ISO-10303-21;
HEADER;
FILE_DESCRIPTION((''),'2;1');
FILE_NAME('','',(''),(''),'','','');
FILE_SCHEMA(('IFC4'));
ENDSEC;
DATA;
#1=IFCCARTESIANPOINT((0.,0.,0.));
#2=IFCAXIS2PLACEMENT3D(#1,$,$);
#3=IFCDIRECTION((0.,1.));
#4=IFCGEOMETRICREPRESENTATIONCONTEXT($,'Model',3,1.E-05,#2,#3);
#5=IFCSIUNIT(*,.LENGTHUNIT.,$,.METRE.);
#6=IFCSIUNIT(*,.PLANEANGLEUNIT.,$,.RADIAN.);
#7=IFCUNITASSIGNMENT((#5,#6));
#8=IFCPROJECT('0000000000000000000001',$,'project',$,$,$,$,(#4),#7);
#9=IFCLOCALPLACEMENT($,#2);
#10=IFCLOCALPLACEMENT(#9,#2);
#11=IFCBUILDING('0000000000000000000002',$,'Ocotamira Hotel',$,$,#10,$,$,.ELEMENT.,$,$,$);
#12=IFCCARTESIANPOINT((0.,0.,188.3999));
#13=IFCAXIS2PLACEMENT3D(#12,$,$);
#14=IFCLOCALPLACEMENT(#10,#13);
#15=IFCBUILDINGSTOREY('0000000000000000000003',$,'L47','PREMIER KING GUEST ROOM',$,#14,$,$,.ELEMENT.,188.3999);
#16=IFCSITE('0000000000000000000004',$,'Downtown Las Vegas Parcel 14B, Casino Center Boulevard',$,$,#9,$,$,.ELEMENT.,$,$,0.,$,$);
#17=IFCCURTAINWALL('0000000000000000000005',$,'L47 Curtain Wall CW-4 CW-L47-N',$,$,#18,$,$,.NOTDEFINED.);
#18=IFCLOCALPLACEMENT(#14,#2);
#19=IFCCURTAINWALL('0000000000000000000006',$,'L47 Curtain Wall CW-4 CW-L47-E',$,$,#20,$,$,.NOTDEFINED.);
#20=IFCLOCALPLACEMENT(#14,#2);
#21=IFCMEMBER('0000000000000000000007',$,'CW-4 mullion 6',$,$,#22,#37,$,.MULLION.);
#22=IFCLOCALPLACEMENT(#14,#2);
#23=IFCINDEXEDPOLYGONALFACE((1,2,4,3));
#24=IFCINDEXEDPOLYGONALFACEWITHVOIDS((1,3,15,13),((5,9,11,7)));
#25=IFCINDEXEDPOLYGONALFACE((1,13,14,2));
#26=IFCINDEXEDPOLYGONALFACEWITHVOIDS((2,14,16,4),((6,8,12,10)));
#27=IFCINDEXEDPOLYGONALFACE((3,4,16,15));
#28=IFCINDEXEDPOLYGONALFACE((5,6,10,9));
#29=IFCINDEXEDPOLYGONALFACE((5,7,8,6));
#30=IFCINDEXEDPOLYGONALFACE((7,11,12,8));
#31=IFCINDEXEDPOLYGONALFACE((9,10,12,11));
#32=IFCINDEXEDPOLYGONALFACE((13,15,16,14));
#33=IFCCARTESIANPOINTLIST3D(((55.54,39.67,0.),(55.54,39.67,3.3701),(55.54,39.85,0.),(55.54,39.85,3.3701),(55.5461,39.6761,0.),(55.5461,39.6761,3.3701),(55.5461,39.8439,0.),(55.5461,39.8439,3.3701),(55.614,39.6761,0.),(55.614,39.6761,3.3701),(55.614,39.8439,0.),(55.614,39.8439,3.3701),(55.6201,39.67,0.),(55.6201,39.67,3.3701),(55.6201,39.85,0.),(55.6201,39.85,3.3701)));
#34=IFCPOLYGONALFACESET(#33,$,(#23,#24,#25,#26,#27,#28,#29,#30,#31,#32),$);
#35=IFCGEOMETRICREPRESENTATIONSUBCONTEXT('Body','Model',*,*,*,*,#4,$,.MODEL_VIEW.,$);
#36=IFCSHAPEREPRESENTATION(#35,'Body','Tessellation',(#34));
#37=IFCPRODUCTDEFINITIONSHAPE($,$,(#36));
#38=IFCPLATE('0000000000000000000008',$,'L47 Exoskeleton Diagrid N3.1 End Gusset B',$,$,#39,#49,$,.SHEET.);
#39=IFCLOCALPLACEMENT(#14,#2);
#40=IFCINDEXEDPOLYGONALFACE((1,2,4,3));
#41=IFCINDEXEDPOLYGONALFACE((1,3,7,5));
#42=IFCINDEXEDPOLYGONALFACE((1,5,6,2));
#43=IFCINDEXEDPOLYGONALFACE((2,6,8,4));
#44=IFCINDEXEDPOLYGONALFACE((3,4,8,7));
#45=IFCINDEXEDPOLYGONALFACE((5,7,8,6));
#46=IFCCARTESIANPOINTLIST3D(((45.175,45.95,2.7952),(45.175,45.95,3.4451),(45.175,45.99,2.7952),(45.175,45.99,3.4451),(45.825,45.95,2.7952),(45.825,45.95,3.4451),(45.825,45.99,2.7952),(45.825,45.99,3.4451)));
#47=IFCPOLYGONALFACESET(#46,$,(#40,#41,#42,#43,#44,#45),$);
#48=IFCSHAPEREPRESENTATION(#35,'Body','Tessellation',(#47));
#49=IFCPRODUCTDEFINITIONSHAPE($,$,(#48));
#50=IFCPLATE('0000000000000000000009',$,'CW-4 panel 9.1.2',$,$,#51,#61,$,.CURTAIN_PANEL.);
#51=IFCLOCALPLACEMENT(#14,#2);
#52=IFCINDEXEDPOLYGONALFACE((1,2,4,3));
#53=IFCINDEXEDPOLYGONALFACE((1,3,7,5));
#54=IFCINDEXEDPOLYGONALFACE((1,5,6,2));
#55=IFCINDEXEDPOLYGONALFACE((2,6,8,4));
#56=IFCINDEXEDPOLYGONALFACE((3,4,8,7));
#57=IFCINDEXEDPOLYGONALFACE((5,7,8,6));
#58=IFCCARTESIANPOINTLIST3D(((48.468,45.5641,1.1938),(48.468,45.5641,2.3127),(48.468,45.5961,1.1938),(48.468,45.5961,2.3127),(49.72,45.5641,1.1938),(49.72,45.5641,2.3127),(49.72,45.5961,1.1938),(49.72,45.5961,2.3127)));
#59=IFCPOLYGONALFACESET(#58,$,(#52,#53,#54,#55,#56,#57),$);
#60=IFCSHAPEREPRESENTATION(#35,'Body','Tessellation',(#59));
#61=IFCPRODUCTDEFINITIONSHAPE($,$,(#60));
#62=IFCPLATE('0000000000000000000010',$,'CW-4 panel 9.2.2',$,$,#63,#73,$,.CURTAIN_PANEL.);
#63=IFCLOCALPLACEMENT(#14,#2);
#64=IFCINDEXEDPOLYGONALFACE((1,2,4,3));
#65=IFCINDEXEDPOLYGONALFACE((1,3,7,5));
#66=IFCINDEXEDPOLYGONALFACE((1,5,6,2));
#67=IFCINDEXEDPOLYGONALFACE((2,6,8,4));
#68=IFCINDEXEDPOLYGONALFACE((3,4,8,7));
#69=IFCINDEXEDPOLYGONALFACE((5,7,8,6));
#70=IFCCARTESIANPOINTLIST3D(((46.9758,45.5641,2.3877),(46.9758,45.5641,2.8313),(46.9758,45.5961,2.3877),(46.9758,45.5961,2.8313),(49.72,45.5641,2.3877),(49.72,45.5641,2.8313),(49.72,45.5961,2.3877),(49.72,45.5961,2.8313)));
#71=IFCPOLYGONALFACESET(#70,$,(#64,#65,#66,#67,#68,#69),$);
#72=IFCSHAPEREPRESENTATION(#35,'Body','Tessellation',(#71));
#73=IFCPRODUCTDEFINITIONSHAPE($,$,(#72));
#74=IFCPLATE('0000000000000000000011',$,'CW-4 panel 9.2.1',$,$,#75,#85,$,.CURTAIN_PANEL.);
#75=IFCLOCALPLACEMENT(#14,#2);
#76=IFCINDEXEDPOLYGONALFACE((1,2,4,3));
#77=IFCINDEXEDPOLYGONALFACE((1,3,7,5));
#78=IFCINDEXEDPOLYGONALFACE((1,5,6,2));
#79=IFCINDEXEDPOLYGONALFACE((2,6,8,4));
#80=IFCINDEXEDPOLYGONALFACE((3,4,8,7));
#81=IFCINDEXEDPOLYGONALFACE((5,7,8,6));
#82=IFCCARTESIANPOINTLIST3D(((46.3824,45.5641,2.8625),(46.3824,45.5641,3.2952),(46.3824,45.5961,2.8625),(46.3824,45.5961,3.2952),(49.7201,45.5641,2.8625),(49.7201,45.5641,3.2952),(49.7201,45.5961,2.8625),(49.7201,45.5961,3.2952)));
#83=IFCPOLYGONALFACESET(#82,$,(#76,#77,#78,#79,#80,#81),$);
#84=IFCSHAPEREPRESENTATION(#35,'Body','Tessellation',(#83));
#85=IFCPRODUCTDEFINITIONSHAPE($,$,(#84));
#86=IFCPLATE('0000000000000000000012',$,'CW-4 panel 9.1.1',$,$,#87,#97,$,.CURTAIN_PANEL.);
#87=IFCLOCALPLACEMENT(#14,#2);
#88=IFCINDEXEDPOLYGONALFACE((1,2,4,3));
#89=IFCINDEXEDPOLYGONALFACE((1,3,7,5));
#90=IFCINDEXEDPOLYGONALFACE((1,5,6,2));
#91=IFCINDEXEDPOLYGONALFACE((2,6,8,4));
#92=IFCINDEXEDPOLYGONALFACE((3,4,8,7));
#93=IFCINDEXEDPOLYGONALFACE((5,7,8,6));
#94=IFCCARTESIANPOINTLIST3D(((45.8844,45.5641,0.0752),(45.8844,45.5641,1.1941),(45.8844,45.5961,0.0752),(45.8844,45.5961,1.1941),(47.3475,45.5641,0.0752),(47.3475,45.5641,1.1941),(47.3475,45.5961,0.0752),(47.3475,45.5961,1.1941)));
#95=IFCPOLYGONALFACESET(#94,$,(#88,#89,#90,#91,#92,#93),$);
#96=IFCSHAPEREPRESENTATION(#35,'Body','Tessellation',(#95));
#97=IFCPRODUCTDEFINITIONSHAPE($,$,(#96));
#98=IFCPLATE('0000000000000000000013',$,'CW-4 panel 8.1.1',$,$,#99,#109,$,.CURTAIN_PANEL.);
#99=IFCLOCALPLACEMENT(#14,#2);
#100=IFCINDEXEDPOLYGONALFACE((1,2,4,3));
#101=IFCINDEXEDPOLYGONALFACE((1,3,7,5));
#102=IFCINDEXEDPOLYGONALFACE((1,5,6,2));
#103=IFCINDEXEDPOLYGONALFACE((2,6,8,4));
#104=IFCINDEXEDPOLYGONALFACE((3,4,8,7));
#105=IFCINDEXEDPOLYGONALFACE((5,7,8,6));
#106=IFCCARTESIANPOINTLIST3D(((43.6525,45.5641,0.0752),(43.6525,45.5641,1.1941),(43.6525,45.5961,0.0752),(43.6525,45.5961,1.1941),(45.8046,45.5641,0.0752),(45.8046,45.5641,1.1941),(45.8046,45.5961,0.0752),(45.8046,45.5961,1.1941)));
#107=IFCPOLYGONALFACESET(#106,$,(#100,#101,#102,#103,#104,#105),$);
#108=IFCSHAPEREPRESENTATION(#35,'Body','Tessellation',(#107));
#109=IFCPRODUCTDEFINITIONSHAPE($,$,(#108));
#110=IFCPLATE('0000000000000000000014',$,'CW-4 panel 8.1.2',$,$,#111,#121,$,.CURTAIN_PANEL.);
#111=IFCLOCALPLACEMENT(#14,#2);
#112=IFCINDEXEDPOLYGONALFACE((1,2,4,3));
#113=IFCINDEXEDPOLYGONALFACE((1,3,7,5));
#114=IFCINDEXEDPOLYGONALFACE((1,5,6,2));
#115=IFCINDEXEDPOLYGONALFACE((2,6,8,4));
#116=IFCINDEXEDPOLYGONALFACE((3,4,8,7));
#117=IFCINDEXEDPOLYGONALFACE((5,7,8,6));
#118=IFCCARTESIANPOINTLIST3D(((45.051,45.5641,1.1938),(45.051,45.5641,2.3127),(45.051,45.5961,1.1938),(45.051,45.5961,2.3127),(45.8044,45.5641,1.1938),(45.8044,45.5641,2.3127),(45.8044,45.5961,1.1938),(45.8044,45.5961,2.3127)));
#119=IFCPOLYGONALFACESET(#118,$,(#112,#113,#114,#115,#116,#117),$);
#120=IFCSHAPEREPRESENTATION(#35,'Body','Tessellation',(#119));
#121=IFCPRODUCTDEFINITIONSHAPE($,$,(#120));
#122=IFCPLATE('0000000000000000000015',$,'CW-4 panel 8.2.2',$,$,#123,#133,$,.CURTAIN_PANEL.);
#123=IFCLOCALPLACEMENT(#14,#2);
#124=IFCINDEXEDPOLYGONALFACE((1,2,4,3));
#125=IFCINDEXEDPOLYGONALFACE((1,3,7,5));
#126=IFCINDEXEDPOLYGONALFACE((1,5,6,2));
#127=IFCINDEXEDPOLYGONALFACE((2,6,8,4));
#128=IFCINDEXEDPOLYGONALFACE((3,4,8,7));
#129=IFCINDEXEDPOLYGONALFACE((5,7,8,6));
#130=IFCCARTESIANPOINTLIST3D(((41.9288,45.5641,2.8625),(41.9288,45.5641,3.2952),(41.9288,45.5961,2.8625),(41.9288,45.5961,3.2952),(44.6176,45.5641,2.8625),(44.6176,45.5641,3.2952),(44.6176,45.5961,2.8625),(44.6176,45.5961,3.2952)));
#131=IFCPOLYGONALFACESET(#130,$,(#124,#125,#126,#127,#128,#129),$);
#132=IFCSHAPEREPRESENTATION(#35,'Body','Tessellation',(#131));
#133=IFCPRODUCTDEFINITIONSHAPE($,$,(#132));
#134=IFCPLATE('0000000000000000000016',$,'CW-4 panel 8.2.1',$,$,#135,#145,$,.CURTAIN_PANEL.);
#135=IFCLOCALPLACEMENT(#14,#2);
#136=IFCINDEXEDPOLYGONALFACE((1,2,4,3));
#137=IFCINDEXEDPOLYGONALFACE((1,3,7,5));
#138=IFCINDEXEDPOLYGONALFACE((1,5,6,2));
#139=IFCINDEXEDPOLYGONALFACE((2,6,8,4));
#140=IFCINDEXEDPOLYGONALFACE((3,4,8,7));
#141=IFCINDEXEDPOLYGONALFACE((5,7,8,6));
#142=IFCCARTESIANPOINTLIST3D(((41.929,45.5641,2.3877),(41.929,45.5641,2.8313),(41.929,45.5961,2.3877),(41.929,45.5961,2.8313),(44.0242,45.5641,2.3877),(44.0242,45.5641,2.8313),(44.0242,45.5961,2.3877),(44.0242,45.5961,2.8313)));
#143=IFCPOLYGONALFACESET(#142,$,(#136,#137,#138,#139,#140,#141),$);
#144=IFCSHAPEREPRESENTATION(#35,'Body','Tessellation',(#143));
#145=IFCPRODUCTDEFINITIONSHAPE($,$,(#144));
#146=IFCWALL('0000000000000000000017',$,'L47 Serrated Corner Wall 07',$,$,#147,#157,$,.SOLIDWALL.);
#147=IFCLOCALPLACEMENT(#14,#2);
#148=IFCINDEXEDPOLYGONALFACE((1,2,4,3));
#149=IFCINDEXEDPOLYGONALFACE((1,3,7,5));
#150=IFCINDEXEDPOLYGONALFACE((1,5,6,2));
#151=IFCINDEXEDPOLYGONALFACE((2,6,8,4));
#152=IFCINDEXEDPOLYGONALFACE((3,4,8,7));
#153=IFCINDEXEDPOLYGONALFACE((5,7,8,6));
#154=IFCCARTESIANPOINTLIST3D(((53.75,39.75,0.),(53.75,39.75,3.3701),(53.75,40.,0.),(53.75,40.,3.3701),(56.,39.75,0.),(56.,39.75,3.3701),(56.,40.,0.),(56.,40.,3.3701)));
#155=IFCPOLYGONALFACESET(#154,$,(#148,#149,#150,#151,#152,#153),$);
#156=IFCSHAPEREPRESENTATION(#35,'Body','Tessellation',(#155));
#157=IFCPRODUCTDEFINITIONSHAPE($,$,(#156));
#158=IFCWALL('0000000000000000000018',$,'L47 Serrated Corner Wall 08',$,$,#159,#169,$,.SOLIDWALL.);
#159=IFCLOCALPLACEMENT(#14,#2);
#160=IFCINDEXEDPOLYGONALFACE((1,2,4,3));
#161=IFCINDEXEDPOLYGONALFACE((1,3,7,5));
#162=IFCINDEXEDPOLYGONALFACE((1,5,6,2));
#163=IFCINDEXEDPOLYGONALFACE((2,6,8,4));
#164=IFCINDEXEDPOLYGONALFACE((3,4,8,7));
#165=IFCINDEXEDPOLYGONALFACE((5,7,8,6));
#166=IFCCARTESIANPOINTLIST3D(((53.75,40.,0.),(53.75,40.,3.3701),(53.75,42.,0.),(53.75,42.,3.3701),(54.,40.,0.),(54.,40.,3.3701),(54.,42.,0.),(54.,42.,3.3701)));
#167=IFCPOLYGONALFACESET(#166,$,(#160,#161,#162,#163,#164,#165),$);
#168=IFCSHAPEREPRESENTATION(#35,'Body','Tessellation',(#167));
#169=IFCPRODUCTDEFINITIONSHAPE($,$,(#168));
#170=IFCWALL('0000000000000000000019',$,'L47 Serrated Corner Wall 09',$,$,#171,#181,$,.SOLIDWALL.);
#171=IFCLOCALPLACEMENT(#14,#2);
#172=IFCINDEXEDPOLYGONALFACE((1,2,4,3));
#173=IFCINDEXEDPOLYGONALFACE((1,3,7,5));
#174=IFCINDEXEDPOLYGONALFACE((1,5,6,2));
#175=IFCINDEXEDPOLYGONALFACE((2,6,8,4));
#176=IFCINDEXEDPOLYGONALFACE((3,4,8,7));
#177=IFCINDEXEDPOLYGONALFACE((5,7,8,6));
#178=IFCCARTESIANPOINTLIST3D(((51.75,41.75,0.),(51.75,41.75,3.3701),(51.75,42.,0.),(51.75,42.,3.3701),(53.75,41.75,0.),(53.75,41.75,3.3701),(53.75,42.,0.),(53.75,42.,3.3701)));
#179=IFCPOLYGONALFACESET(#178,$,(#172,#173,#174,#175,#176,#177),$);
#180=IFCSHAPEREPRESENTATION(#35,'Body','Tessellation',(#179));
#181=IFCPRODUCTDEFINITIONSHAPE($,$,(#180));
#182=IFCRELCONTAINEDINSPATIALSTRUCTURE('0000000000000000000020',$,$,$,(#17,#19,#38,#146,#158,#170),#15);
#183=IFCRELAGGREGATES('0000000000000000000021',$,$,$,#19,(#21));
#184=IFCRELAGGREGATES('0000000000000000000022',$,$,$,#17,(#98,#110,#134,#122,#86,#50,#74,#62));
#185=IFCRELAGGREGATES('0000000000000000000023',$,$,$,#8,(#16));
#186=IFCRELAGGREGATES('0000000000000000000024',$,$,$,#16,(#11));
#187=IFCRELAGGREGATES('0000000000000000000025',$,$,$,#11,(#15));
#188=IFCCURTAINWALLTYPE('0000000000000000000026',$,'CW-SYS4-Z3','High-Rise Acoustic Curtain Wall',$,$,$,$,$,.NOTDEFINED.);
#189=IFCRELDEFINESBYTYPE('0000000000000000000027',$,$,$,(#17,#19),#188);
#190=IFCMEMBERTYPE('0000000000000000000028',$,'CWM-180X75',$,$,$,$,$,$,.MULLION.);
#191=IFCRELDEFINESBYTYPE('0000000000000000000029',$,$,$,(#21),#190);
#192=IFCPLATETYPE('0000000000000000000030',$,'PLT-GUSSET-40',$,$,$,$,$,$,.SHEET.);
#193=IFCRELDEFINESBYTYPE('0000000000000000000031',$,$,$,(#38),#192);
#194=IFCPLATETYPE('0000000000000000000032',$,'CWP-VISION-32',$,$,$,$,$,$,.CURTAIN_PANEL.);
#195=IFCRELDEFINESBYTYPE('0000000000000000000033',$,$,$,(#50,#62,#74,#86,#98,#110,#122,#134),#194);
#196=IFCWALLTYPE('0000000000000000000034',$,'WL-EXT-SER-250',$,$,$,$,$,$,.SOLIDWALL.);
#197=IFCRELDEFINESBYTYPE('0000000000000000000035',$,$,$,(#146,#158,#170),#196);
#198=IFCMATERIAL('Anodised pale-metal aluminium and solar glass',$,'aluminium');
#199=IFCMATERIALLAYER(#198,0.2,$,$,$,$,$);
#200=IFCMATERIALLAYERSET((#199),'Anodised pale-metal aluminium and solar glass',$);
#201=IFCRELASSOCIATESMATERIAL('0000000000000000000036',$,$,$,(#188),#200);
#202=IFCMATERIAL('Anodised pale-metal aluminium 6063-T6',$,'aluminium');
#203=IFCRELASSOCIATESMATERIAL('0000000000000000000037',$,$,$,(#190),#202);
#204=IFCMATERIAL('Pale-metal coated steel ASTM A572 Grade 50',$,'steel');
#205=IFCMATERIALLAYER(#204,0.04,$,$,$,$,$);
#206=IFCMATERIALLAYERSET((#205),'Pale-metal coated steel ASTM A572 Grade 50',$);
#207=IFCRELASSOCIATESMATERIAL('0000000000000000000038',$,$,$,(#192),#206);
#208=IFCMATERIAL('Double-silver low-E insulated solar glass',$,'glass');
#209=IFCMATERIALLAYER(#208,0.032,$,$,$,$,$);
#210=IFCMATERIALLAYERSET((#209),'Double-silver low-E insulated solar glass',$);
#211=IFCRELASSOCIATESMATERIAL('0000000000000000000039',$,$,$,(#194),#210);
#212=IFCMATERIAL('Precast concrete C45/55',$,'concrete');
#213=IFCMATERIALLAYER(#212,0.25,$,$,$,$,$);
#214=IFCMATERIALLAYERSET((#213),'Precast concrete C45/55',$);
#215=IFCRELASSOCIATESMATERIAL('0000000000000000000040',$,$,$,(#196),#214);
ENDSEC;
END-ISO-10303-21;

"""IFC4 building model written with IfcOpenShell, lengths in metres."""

from ifc_helpers import new_model, si_unit, direction, frame, frame_2d, origin, origin_2d, place, context, subcontext, project, spatial, rectangle, hollow_rectangle, extrude, source, transform, mapped, material, layer, layer_set, material_profile, profile_set, type_object, element, aggregate, save


model = new_model("IFC4")

# Units and contexts
model_context = context("Model", 3, precision=1e-05, world=origin(), true_north=direction((0.0, 1.0)))
body_context = subcontext(model_context, "Body", "Model", "MODEL_VIEW")
ifc_project = project(units=[si_unit("LENGTHUNIT", "METRE"), si_unit("PLANEANGLEUNIT", "RADIAN")], contexts=[model_context])

# Site, building, storey
site_placement = place(None, origin())
site = spatial("IfcSite", under=ifc_project, at=site_placement, Name="Downtown Las Vegas Parcel 14B, Casino Center Boulevard", CompositionType="ELEMENT", RefElevation=0.0)
building_placement = place(site_placement, origin())
building = spatial("IfcBuilding", under=site, at=building_placement, Name="Ocotamira Hotel", CompositionType="ELEMENT")
storey_placement = place(building_placement, frame((0.0, 0.0, 188.3999)))
storey = spatial("IfcBuildingStorey", under=building, at=storey_placement, Name="L47", Description="PREMIER KING GUEST ROOM", CompositionType="ELEMENT", Elevation=188.3999)

# Curtain wall
ifc_material_1 = material(Name="Anodised pale-metal aluminium and solar glass", Category="aluminium")
ifc_layer_1 = layer(ifc_material_1, 0.2)
ifc_layer_set_1 = layer_set([ifc_layer_1], Name="Anodised pale-metal aluminium and solar glass")
curtain_wall_type = type_object("IfcCurtainWallType", Name="CW-SYS4-Z3", Description="High-Rise Acoustic Curtain Wall", PredefinedType="NOTDEFINED", material=ifc_layer_set_1)
curtain_wall_1_placement = place(storey_placement, origin())
curtain_wall_1 = element("IfcCurtainWall", 1, at=curtain_wall_1_placement, inside=storey, type_object=curtain_wall_type, Name="L47 Curtain Wall CW-4 CW-L47-N", PredefinedType="NOTDEFINED")
ifc_material_2 = material(Name="Anodised pale-metal aluminium 6063-T6", Category="aluminium")
ifc_material_profile_1 = material_profile(ifc_material_2, hollow_rectangle(XDim=0.0801, YDim=0.1799, WallThickness=0.0061, at=origin_2d()), Name="HSS180X80X6")
ifc_profile_set_1 = profile_set([ifc_material_profile_1], Name="Anodised pale-metal aluminium 6063-T6")
member_type_1 = type_object("IfcMemberType", Name="CWM-180X75", PredefinedType="MULLION", material=ifc_profile_set_1)
shared_shape_1 = source(origin(), body_context, "Body", "SweptSolid", [
    extrude(hollow_rectangle(XDim=0.0801, YDim=0.1799, WallThickness=0.0061, at=origin_2d()), origin(), (0.0, 0.0, 1.0), 3.3701),
])

# Curtain wall, member
curtain_wall_2_placement = place(storey_placement, origin())
curtain_wall_2 = element("IfcCurtainWall", 2, at=curtain_wall_2_placement, inside=storey, type_object=curtain_wall_type, Name="L47 Curtain Wall CW-4 CW-L47-E", PredefinedType="NOTDEFINED")
member_1_placement = place(storey_placement, frame((55.5801, 39.76, 0.0), z_axis=(0.0, 0.0, 1.0), x_axis=(-1.0, 0.0, 0.0)))
member_1 = element("IfcMember", 3, at=member_1_placement, type_object=member_type_1, Name="CW-4 mullion 6", PredefinedType="MULLION", context=body_context, shape_type="MappedRepresentation", body=[
    mapped(shared_shape_1, transform((0.0, 0.0, 0.0), scale=1.0)),
])
aggregate(curtain_wall_2, [member_1])

# Plates
ifc_material_3 = material(Name="Pale-metal coated steel ASTM A572 Grade 50", Category="steel")
ifc_layer_2 = layer(ifc_material_3, 0.04)
ifc_layer_set_2 = layer_set([ifc_layer_2], Name="Pale-metal coated steel ASTM A572 Grade 50")
plate_type_1 = type_object("IfcPlateType", Name="PLT-GUSSET-40", PredefinedType="SHEET", material=ifc_layer_set_2)
shared_shape_2 = source(origin(), body_context, "Body", "SweptSolid", [
    extrude(rectangle(XDim=0.6499, YDim=0.04, at=origin_2d()), origin(), (0.0, 0.0, 1.0), 0.6499),
])
plate_1_placement = place(storey_placement, frame((45.5, 45.97, 2.7952), z_axis=(0.0, 0.0, 1.0), x_axis=(1.0, 0.0, 0.0)))
element("IfcPlate", 4, at=plate_1_placement, inside=storey, type_object=plate_type_1, Name="L47 Exoskeleton Diagrid N3.1 End Gusset B", PredefinedType="SHEET", context=body_context, shape_type="MappedRepresentation", body=[
    mapped(shared_shape_2, transform((0.0, 0.0, 0.0), scale=1.0)),
])
ifc_material_4 = material(Name="Double-silver low-E insulated solar glass", Category="glass")
ifc_layer_3 = layer(ifc_material_4, 0.032)
ifc_layer_set_3 = layer_set([ifc_layer_3], Name="Double-silver low-E insulated solar glass")
plate_type_2 = type_object("IfcPlateType", Name="CWP-VISION-32", PredefinedType="CURTAIN_PANEL", material=ifc_layer_set_3)
shared_shape_3 = source(origin(), body_context, "Body", "SweptSolid", [
    extrude(rectangle(XDim=1.252, YDim=0.032, at=origin_2d()), origin(), (0.0, 0.0, 1.0), 1.1189),
])
plate_2_placement = place(storey_placement, frame((49.094, 45.5801, 1.1938), z_axis=(0.0, 0.0, 1.0), x_axis=(1.0, 0.0, 0.0)))
plate_2 = element("IfcPlate", 5, at=plate_2_placement, type_object=plate_type_2, Name="CW-4 panel 9.1.2", PredefinedType="CURTAIN_PANEL", context=body_context, shape_type="MappedRepresentation", body=[
    mapped(shared_shape_3, transform((0.0, 0.0, 0.0), scale=1.0)),
])
shared_shape_4 = source(origin(), body_context, "Body", "SweptSolid", [
    extrude(rectangle(XDim=2.7441, YDim=0.032, at=origin_2d()), origin(), (0.0, 0.0, 1.0), 0.4436),
])
plate_3_placement = place(storey_placement, frame((48.3479, 45.5801, 2.3877), z_axis=(0.0, 0.0, 1.0), x_axis=(1.0, 0.0, 0.0)))
plate_3 = element("IfcPlate", 6, at=plate_3_placement, type_object=plate_type_2, Name="CW-4 panel 9.2.2", PredefinedType="CURTAIN_PANEL", context=body_context, shape_type="MappedRepresentation", body=[
    mapped(shared_shape_4, transform((0.0, 0.0, 0.0), scale=1.0)),
])
shared_shape_5 = source(origin(), body_context, "Body", "SweptSolid", [
    extrude(rectangle(XDim=3.3376, YDim=0.032, at=origin_2d()), origin(), (0.0, 0.0, 1.0), 0.4326),
])
plate_4_placement = place(storey_placement, frame((48.0513, 45.5801, 2.8625), z_axis=(0.0, 0.0, 1.0), x_axis=(1.0, 0.0, 0.0)))
plate_4 = element("IfcPlate", 7, at=plate_4_placement, type_object=plate_type_2, Name="CW-4 panel 9.2.1", PredefinedType="CURTAIN_PANEL", context=body_context, shape_type="MappedRepresentation", body=[
    mapped(shared_shape_5, transform((0.0, 0.0, 0.0), scale=1.0)),
])
shared_shape_6 = source(origin(), body_context, "Body", "SweptSolid", [
    extrude(rectangle(XDim=1.4631, YDim=0.032, at=origin_2d()), origin(), (0.0, 0.0, 1.0), 1.1189),
])
plate_5_placement = place(storey_placement, frame((46.616, 45.5801, 0.0752), z_axis=(0.0, 0.0, 1.0), x_axis=(1.0, 0.0, 0.0)))
plate_5 = element("IfcPlate", 8, at=plate_5_placement, type_object=plate_type_2, Name="CW-4 panel 9.1.1", PredefinedType="CURTAIN_PANEL", context=body_context, shape_type="MappedRepresentation", body=[
    mapped(shared_shape_6, transform((0.0, 0.0, 0.0), scale=1.0)),
])
shared_shape_7 = source(origin(), body_context, "Body", "SweptSolid", [
    extrude(rectangle(XDim=2.1521, YDim=0.032, at=origin_2d()), origin(), (0.0, 0.0, 1.0), 1.1189),
])
plate_6_placement = place(storey_placement, frame((44.7285, 45.5801, 0.0752), z_axis=(0.0, 0.0, 1.0), x_axis=(1.0, 0.0, 0.0)))
plate_6 = element("IfcPlate", 9, at=plate_6_placement, type_object=plate_type_2, Name="CW-4 panel 8.1.1", PredefinedType="CURTAIN_PANEL", context=body_context, shape_type="MappedRepresentation", body=[
    mapped(shared_shape_7, transform((0.0, 0.0, 0.0), scale=1.0)),
])
shared_shape_8 = source(origin(), body_context, "Body", "SweptSolid", [
    extrude(rectangle(XDim=0.7534, YDim=0.032, at=origin_2d()), origin(), (0.0, 0.0, 1.0), 1.1189),
])
plate_7_placement = place(storey_placement, frame((45.4277, 45.5801, 1.1938), z_axis=(0.0, 0.0, 1.0), x_axis=(1.0, 0.0, 0.0)))
plate_7 = element("IfcPlate", 10, at=plate_7_placement, type_object=plate_type_2, Name="CW-4 panel 8.1.2", PredefinedType="CURTAIN_PANEL", context=body_context, shape_type="MappedRepresentation", body=[
    mapped(shared_shape_8, transform((0.0, 0.0, 0.0), scale=1.0)),
])
shared_shape_9 = source(origin(), body_context, "Body", "SweptSolid", [
    extrude(rectangle(XDim=2.6887, YDim=0.032, at=origin_2d()), origin(), (0.0, 0.0, 1.0), 0.4326),
])
plate_8_placement = place(storey_placement, frame((43.2732, 45.5801, 2.8625), z_axis=(0.0, 0.0, 1.0), x_axis=(1.0, 0.0, 0.0)))
plate_8 = element("IfcPlate", 11, at=plate_8_placement, type_object=plate_type_2, Name="CW-4 panel 8.2.2", PredefinedType="CURTAIN_PANEL", context=body_context, shape_type="MappedRepresentation", body=[
    mapped(shared_shape_9, transform((0.0, 0.0, 0.0), scale=1.0)),
])
shared_shape_10 = source(origin(), body_context, "Body", "SweptSolid", [
    extrude(rectangle(XDim=2.0952, YDim=0.032, at=origin_2d()), origin(), (0.0, 0.0, 1.0), 0.4436),
])
plate_9_placement = place(storey_placement, frame((42.9766, 45.5801, 2.3877), z_axis=(0.0, 0.0, 1.0), x_axis=(1.0, 0.0, 0.0)))
plate_9 = element("IfcPlate", 12, at=plate_9_placement, type_object=plate_type_2, Name="CW-4 panel 8.2.1", PredefinedType="CURTAIN_PANEL", context=body_context, shape_type="MappedRepresentation", body=[
    mapped(shared_shape_10, transform((0.0, 0.0, 0.0), scale=1.0)),
])
aggregate(curtain_wall_1, [plate_6, plate_7, plate_9, plate_8, plate_5, plate_2, plate_4, plate_3])

# Walls
ifc_material_5 = material(Name="Precast concrete C45/55", Category="concrete")
ifc_layer_4 = layer(ifc_material_5, 0.25)
ifc_layer_set_4 = layer_set([ifc_layer_4], Name="Precast concrete C45/55")
wall_type_1 = type_object("IfcWallType", Name="WL-EXT-SER-250", PredefinedType="SOLIDWALL", material=ifc_layer_set_4)
wall_1_placement = place(storey_placement, frame((56.0, 39.875, 0.0), z_axis=(0.0, 0.0, 1.0), x_axis=(-1.0, 0.0, 0.0)))
element("IfcWall", 13, at=wall_1_placement, inside=storey, type_object=wall_type_1, Name="L47 Serrated Corner Wall 07", PredefinedType="SOLIDWALL", context=body_context, shape_type="SweptSolid", body=[
    extrude(rectangle(XDim=2.25, YDim=0.25, at=frame_2d((1.125, 0.0))), origin(), (0.0, 0.0, 1.0), 3.3701),
])
for number, where, z_axis, x_axis, name in (
    (14, (53.875, 40.0, 0.0), (0.0, 0.0, 1.0), (0.0, 1.0, 0.0), "L47 Serrated Corner Wall 08"),
    (15, (53.75, 41.875, 0.0), (0.0, 0.0, 1.0), (-1.0, 0.0, 0.0), "L47 Serrated Corner Wall 09"),
):
    element("IfcWall", number, at=place(storey_placement, frame(where, z_axis=z_axis, x_axis=x_axis)), inside=storey, type_object=wall_type_1, Name=name, PredefinedType="SOLIDWALL", context=body_context, shape_type="SweptSolid", body=[
        extrude(rectangle(XDim=2.0, YDim=0.25, at=frame_2d((1.0, 0.0))), origin(), (0.0, 0.0, 1.0), 3.3701),
    ])

save(model, "model.ifc")
